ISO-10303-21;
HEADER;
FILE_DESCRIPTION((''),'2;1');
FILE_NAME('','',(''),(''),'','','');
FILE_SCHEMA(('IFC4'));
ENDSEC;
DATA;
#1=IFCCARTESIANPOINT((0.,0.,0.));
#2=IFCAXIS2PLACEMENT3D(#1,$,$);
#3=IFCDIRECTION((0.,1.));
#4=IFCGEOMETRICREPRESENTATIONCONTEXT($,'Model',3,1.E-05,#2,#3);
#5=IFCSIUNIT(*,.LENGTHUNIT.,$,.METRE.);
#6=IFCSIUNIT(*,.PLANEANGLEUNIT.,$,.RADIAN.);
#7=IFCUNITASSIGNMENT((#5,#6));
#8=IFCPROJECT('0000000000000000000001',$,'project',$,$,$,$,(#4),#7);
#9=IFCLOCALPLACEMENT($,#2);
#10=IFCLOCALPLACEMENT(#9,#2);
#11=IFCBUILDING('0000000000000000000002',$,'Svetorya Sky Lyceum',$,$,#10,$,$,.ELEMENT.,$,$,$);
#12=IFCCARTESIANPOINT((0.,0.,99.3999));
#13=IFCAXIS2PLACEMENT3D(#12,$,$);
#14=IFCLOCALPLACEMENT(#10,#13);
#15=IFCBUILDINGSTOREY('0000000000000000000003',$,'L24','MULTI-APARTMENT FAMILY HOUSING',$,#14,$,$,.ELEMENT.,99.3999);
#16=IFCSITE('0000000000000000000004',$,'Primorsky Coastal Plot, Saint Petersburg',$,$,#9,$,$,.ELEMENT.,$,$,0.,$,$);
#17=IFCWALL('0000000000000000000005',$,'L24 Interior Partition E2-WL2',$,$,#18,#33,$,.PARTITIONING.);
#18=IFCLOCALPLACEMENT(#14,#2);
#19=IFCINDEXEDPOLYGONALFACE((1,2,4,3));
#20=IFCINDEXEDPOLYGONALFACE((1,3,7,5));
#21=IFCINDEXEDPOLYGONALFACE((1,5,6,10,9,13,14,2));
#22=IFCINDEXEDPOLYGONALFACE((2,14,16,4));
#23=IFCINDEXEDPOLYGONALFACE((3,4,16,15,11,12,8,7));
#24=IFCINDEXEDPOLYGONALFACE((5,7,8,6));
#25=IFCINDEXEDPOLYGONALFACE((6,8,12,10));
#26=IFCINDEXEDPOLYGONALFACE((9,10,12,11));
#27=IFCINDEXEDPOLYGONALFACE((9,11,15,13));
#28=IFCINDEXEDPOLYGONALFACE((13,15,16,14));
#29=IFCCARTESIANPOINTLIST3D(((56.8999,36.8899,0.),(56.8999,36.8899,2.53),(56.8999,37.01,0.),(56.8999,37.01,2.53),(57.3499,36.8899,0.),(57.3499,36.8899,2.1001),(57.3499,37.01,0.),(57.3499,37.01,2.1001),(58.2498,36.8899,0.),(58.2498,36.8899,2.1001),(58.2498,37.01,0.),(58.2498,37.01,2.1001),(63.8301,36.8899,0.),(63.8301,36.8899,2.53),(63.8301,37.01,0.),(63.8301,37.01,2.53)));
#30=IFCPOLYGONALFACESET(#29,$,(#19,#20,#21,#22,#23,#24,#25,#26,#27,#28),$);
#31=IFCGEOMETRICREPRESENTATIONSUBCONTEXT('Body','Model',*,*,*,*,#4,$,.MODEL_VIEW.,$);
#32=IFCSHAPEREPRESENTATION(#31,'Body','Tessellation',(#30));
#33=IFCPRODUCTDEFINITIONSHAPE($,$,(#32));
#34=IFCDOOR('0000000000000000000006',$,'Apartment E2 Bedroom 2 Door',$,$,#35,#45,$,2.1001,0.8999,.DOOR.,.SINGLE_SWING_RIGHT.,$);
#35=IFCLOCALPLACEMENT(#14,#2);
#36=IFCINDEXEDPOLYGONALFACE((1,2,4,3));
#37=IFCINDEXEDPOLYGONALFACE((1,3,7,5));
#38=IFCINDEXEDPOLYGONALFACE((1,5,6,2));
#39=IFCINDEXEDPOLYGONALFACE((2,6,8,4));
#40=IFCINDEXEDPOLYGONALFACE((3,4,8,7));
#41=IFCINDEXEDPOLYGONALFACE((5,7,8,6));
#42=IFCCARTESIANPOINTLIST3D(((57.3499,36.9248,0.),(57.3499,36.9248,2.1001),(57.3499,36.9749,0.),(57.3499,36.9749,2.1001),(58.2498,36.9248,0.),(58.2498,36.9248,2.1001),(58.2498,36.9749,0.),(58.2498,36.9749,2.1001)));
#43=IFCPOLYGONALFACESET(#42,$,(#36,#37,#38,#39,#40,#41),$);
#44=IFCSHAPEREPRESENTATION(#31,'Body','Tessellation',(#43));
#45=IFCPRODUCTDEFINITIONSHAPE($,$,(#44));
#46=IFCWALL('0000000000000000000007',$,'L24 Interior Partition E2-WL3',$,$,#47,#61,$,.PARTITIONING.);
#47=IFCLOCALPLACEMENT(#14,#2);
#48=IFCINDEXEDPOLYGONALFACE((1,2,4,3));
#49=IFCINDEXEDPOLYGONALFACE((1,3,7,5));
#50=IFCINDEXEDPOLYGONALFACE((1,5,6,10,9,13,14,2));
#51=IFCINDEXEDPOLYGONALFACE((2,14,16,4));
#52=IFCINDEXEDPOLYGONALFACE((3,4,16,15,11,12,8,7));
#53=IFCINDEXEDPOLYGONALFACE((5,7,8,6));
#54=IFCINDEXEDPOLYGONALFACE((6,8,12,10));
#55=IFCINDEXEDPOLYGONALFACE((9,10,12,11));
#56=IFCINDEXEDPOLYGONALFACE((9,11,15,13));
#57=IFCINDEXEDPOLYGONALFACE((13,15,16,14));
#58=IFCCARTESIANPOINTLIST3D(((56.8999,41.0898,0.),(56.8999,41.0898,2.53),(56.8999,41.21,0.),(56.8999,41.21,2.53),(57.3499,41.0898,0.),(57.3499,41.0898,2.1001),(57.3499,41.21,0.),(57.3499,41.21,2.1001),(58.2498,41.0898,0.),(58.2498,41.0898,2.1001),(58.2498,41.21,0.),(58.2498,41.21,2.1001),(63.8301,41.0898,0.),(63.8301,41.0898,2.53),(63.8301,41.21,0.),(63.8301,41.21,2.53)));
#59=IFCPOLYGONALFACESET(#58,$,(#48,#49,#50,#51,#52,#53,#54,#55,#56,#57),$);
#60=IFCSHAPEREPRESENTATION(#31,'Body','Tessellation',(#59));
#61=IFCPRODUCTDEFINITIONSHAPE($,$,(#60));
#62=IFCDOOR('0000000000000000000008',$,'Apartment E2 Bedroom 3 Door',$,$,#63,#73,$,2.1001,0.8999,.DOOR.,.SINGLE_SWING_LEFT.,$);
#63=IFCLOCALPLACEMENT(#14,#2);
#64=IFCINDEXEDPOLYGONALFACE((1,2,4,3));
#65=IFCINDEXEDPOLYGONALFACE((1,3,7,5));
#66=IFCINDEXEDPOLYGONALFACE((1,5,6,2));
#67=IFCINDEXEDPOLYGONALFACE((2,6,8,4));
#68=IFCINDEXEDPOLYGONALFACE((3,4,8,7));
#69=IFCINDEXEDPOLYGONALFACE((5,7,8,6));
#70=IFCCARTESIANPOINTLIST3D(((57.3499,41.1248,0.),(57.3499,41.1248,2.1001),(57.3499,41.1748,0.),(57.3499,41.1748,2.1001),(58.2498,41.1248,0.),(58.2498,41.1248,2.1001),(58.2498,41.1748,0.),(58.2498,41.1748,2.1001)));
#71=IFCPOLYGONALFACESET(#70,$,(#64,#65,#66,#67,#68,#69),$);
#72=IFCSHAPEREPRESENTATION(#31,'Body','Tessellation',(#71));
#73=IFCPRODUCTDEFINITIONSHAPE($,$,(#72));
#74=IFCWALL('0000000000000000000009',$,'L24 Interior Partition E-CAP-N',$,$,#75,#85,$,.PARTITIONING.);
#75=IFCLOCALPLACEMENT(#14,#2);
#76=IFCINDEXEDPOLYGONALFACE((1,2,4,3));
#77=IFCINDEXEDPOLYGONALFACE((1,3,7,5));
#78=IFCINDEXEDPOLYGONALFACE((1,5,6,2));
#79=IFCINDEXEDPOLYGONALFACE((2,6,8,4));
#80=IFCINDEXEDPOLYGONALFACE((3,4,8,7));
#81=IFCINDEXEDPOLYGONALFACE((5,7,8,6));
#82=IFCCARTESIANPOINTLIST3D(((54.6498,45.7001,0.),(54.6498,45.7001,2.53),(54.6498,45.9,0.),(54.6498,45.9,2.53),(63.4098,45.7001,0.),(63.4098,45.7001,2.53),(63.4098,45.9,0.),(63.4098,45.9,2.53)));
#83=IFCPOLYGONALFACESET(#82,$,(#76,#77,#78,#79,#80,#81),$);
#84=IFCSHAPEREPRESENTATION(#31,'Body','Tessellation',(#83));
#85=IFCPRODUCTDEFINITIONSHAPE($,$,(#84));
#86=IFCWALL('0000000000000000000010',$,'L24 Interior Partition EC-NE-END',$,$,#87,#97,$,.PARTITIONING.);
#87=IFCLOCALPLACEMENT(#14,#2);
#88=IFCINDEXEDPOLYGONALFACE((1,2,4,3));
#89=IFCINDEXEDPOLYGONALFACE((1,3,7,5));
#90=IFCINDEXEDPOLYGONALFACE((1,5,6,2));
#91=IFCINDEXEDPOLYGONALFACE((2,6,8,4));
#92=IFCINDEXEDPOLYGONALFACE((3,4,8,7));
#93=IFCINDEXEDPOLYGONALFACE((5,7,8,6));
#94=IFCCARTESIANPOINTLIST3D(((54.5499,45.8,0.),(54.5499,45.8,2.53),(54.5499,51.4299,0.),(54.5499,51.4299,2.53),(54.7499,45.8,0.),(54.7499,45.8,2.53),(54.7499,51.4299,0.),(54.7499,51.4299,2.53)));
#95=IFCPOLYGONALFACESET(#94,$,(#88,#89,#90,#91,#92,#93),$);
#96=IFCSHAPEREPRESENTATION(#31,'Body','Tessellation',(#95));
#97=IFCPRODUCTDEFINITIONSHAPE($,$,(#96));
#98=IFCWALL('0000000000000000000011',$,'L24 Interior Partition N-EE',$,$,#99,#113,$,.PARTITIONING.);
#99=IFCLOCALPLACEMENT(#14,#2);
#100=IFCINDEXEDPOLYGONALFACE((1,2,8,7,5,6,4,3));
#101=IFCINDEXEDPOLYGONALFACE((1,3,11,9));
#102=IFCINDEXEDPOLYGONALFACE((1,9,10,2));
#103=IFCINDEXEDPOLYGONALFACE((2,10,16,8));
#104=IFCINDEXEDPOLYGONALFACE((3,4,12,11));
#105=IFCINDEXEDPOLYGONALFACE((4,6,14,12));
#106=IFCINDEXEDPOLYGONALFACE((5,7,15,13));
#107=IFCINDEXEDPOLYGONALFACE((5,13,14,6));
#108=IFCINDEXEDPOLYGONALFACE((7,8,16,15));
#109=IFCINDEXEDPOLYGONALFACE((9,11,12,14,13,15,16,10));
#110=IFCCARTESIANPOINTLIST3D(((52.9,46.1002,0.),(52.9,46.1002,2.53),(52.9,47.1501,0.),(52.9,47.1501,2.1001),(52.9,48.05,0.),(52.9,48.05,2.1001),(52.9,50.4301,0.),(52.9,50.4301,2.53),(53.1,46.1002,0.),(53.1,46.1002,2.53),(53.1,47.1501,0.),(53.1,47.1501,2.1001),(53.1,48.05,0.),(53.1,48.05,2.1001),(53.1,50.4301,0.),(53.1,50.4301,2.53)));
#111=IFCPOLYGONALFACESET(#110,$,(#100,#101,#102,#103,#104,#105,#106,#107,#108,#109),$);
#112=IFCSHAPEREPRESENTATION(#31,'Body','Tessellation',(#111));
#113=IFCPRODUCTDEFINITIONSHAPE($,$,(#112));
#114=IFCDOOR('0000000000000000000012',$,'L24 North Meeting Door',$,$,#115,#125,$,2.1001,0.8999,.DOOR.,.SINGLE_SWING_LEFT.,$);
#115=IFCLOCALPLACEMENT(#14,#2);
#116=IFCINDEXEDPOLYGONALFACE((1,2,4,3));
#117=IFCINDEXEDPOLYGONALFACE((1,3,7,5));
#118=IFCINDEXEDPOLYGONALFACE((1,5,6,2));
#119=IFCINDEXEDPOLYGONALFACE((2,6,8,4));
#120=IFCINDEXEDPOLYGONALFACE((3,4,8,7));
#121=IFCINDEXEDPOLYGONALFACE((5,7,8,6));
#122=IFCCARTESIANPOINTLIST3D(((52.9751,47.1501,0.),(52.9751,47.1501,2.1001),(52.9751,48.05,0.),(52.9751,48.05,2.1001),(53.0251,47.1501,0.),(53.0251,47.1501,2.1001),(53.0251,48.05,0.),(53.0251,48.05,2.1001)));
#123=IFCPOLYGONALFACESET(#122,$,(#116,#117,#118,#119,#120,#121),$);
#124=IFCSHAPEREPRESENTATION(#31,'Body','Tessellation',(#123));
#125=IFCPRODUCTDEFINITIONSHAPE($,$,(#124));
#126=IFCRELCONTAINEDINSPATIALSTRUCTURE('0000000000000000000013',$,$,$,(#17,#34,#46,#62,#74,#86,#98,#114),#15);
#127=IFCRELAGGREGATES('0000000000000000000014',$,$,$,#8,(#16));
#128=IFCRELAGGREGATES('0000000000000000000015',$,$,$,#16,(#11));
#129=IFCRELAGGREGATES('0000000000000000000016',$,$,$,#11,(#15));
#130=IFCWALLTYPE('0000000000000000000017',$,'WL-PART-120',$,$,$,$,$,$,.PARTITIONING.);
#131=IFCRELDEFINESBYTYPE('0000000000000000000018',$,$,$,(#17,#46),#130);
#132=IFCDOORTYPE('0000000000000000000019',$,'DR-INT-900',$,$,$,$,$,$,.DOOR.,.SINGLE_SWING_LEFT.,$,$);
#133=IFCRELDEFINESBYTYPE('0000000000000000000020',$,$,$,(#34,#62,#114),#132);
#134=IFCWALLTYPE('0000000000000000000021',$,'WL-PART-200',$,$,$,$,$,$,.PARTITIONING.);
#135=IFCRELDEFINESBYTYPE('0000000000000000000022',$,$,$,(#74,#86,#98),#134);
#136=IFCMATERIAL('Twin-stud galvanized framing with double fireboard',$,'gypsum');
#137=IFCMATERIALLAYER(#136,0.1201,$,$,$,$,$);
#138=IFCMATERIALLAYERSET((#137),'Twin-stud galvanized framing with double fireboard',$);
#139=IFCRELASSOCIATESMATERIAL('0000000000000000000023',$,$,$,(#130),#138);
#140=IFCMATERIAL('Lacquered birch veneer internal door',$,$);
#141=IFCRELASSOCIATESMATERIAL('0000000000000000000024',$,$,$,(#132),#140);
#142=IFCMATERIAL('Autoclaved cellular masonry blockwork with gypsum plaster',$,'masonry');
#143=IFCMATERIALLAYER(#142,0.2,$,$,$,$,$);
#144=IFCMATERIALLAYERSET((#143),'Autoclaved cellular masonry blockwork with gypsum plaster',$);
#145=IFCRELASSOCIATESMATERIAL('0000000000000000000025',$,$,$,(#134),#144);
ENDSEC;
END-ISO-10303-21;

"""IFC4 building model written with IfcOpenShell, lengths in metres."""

from ifc_helpers import new_model, si_unit, direction, frame, frame_2d, origin, place, context, subcontext, project, spatial, rectangle, extrude, material, layer, layer_set, type_object, element, fill, save


model = new_model("IFC4")

# Units and contexts
model_context = context("Model", 3, precision=1e-05, world=origin(), true_north=direction((0.0, 1.0)))
body_context = subcontext(model_context, "Body", "Model", "MODEL_VIEW")
ifc_project = project(units=[si_unit("LENGTHUNIT", "METRE"), si_unit("PLANEANGLEUNIT", "RADIAN")], contexts=[model_context])

# Site, building, storey
site_placement = place(None, origin())
site = spatial("IfcSite", under=ifc_project, at=site_placement, Name="Primorsky Coastal Plot, Saint Petersburg", CompositionType="ELEMENT", RefElevation=0.0)
building_placement = place(site_placement, origin())
building = spatial("IfcBuilding", under=site, at=building_placement, Name="Svetorya Sky Lyceum", CompositionType="ELEMENT")
storey_placement = place(building_placement, frame((0.0, 0.0, 99.3999)))
storey = spatial("IfcBuildingStorey", under=building, at=storey_placement, Name="L24", Description="MULTI-APARTMENT FAMILY HOUSING", CompositionType="ELEMENT", Elevation=99.3999)

# Shared definitions
ifc_material_1 = material(Name="Twin-stud galvanized framing with double fireboard", Category="gypsum")
ifc_layer_1 = layer(ifc_material_1, 0.1201)
ifc_layer_set_1 = layer_set([ifc_layer_1], Name="Twin-stud galvanized framing with double fireboard")
wall_type_1 = type_object("IfcWallType", Name="WL-PART-120", PredefinedType="PARTITIONING", material=ifc_layer_set_1)

# Walls, openings, doors
ifc_material_2 = material(Name="Lacquered birch veneer internal door")
door_type_1 = type_object("IfcDoorType", Name="DR-INT-900", OperationType="SINGLE_SWING_LEFT", PredefinedType="DOOR", material=ifc_material_2)
wall_1_placement = place(storey_placement, frame((56.8999, 36.95, 0.0), z_axis=(0.0, 0.0, 1.0), x_axis=(1.0, 0.0, 0.0)))
wall_1 = element("IfcWall", 1, at=wall_1_placement, inside=storey, type_object=wall_type_1, Name="L24 Interior Partition E2-WL2", PredefinedType="PARTITIONING", context=body_context, shape_type="SweptSolid", body=[
    extrude(rectangle(XDim=6.9302, YDim=0.1201, at=frame_2d((3.4651, 0.0))), origin(), (0.0, 0.0, 1.0), 2.53),
])
opening_1_placement = place(wall_1_placement, frame((0.45, 0.0, 0.0)))
opening_1 = element("IfcOpeningElement", 2, at=opening_1_placement, cuts=wall_1, PredefinedType="OPENING", context=body_context, shape_type="SweptSolid", body=[
    extrude(rectangle(XDim=0.8999, YDim=2.1001, at=frame_2d((0.45, 1.05))), frame((0.0, 0.0701, 0.0), z_axis=(0.0, -1.0, 0.0), x_axis=(1.0, 0.0, 0.0)), (0.0, 0.0, 1.0), 0.1401),
])
door_1_placement = place(opening_1_placement, origin())
door_1 = element("IfcDoor", 3, at=door_1_placement, inside=storey, type_object=door_type_1, Name="Apartment E2 Bedroom 2 Door", OperationType="SINGLE_SWING_RIGHT", OverallHeight=2.1001, OverallWidth=0.8999, PredefinedType="DOOR", context=body_context, shape_type="SweptSolid", body=[
    extrude(rectangle(XDim=0.8999, YDim=2.1001, at=frame_2d((0.45, 1.05))), frame((0.0, 0.0249, 0.0), z_axis=(0.0, -1.0, 0.0), x_axis=(1.0, 0.0, 0.0)), (0.0, 0.0, 1.0), 0.05),
])
fill(opening_1, door_1)
wall_2_placement = place(storey_placement, frame((56.8999, 41.1499, 0.0), z_axis=(0.0, 0.0, 1.0), x_axis=(1.0, 0.0, 0.0)))
wall_2 = element("IfcWall", 4, at=wall_2_placement, inside=storey, type_object=wall_type_1, Name="L24 Interior Partition E2-WL3", PredefinedType="PARTITIONING", context=body_context, shape_type="SweptSolid", body=[
    extrude(rectangle(XDim=6.9302, YDim=0.1201, at=frame_2d((3.4651, 0.0))), origin(), (0.0, 0.0, 1.0), 2.53),
])
opening_2_placement = place(wall_2_placement, frame((0.45, 0.0, 0.0)))
opening_2 = element("IfcOpeningElement", 5, at=opening_2_placement, cuts=wall_2, PredefinedType="OPENING", context=body_context, shape_type="SweptSolid", body=[
    extrude(rectangle(XDim=0.8999, YDim=2.1001, at=frame_2d((0.45, 1.05))), frame((0.0, 0.0701, 0.0), z_axis=(0.0, -1.0, 0.0), x_axis=(1.0, 0.0, 0.0)), (0.0, 0.0, 1.0), 0.1401),
])
door_2_placement = place(opening_2_placement, origin())
door_2 = element("IfcDoor", 6, at=door_2_placement, inside=storey, type_object=door_type_1, Name="Apartment E2 Bedroom 3 Door", OperationType="SINGLE_SWING_LEFT", OverallHeight=2.1001, OverallWidth=0.8999, PredefinedType="DOOR", context=body_context, shape_type="SweptSolid", body=[
    extrude(rectangle(XDim=0.8999, YDim=2.1001, at=frame_2d((0.45, 1.05))), frame((0.0, 0.0249, 0.0), z_axis=(0.0, -1.0, 0.0), x_axis=(1.0, 0.0, 0.0)), (0.0, 0.0, 1.0), 0.05),
])
fill(opening_2, door_2)

# Walls
ifc_material_3 = material(Name="Autoclaved cellular masonry blockwork with gypsum plaster", Category="masonry")
ifc_layer_2 = layer(ifc_material_3, 0.2)
ifc_layer_set_2 = layer_set([ifc_layer_2], Name="Autoclaved cellular masonry blockwork with gypsum plaster")
wall_type_2 = type_object("IfcWallType", Name="WL-PART-200", PredefinedType="PARTITIONING", material=ifc_layer_set_2)
wall_3_placement = place(storey_placement, frame((54.6499, 45.8, 0.0), z_axis=(0.0, 0.0, 1.0), x_axis=(1.0, 0.0, 0.0)))
element("IfcWall", 7, at=wall_3_placement, inside=storey, type_object=wall_type_2, Name="L24 Interior Partition E-CAP-N", PredefinedType="PARTITIONING", context=body_context, shape_type="SweptSolid", body=[
    extrude(rectangle(XDim=8.76, YDim=0.2, at=frame_2d((4.3799, 0.0))), origin(), (0.0, 0.0, 1.0), 2.53),
])
wall_4_placement = place(storey_placement, frame((54.6499, 45.8, 0.0), z_axis=(0.0, 0.0, 1.0), x_axis=(0.0, 1.0, 0.0)))
element("IfcWall", 8, at=wall_4_placement, inside=storey, type_object=wall_type_2, Name="L24 Interior Partition EC-NE-END", PredefinedType="PARTITIONING", context=body_context, shape_type="SweptSolid", body=[
    extrude(rectangle(XDim=5.6299, YDim=0.2, at=frame_2d((2.8149, 0.0))), origin(), (0.0, 0.0, 1.0), 2.53),
])

# Wall, opening, door
wall_5_placement = place(storey_placement, frame((53.0, 46.1001, 0.0), z_axis=(0.0, 0.0, 1.0), x_axis=(0.0, 1.0, 0.0)))
wall_5 = element("IfcWall", 9, at=wall_5_placement, inside=storey, type_object=wall_type_2, Name="L24 Interior Partition N-EE", PredefinedType="PARTITIONING", context=body_context, shape_type="SweptSolid", body=[
    extrude(rectangle(XDim=4.3298, YDim=0.2, at=frame_2d((2.165, 0.0))), origin(), (0.0, 0.0, 1.0), 2.53),
])
opening_3_placement = place(wall_5_placement, frame((1.05, 0.0, 0.0)))
opening_3 = element("IfcOpeningElement", 10, at=opening_3_placement, cuts=wall_5, PredefinedType="OPENING", context=body_context, shape_type="SweptSolid", body=[
    extrude(rectangle(XDim=0.8999, YDim=2.1001, at=frame_2d((0.45, 1.05))), frame((0.0, 0.1099, 0.0), z_axis=(0.0, -1.0, 0.0), x_axis=(1.0, 0.0, 0.0)), (0.0, 0.0, 1.0), 0.22),
])
door_3_placement = place(opening_3_placement, origin())
door_3 = element("IfcDoor", 11, at=door_3_placement, inside=storey, type_object=door_type_1, Name="L24 North Meeting Door", OperationType="SINGLE_SWING_LEFT", OverallHeight=2.1001, OverallWidth=0.8999, PredefinedType="DOOR", context=body_context, shape_type="SweptSolid", body=[
    extrude(rectangle(XDim=0.8999, YDim=2.1001, at=frame_2d((0.45, 1.05))), frame((0.0, 0.0249, 0.0), z_axis=(0.0, -1.0, 0.0), x_axis=(1.0, 0.0, 0.0)), (0.0, 0.0, 1.0), 0.05),
])
fill(opening_3, door_3)

save(model, "model.ifc")
